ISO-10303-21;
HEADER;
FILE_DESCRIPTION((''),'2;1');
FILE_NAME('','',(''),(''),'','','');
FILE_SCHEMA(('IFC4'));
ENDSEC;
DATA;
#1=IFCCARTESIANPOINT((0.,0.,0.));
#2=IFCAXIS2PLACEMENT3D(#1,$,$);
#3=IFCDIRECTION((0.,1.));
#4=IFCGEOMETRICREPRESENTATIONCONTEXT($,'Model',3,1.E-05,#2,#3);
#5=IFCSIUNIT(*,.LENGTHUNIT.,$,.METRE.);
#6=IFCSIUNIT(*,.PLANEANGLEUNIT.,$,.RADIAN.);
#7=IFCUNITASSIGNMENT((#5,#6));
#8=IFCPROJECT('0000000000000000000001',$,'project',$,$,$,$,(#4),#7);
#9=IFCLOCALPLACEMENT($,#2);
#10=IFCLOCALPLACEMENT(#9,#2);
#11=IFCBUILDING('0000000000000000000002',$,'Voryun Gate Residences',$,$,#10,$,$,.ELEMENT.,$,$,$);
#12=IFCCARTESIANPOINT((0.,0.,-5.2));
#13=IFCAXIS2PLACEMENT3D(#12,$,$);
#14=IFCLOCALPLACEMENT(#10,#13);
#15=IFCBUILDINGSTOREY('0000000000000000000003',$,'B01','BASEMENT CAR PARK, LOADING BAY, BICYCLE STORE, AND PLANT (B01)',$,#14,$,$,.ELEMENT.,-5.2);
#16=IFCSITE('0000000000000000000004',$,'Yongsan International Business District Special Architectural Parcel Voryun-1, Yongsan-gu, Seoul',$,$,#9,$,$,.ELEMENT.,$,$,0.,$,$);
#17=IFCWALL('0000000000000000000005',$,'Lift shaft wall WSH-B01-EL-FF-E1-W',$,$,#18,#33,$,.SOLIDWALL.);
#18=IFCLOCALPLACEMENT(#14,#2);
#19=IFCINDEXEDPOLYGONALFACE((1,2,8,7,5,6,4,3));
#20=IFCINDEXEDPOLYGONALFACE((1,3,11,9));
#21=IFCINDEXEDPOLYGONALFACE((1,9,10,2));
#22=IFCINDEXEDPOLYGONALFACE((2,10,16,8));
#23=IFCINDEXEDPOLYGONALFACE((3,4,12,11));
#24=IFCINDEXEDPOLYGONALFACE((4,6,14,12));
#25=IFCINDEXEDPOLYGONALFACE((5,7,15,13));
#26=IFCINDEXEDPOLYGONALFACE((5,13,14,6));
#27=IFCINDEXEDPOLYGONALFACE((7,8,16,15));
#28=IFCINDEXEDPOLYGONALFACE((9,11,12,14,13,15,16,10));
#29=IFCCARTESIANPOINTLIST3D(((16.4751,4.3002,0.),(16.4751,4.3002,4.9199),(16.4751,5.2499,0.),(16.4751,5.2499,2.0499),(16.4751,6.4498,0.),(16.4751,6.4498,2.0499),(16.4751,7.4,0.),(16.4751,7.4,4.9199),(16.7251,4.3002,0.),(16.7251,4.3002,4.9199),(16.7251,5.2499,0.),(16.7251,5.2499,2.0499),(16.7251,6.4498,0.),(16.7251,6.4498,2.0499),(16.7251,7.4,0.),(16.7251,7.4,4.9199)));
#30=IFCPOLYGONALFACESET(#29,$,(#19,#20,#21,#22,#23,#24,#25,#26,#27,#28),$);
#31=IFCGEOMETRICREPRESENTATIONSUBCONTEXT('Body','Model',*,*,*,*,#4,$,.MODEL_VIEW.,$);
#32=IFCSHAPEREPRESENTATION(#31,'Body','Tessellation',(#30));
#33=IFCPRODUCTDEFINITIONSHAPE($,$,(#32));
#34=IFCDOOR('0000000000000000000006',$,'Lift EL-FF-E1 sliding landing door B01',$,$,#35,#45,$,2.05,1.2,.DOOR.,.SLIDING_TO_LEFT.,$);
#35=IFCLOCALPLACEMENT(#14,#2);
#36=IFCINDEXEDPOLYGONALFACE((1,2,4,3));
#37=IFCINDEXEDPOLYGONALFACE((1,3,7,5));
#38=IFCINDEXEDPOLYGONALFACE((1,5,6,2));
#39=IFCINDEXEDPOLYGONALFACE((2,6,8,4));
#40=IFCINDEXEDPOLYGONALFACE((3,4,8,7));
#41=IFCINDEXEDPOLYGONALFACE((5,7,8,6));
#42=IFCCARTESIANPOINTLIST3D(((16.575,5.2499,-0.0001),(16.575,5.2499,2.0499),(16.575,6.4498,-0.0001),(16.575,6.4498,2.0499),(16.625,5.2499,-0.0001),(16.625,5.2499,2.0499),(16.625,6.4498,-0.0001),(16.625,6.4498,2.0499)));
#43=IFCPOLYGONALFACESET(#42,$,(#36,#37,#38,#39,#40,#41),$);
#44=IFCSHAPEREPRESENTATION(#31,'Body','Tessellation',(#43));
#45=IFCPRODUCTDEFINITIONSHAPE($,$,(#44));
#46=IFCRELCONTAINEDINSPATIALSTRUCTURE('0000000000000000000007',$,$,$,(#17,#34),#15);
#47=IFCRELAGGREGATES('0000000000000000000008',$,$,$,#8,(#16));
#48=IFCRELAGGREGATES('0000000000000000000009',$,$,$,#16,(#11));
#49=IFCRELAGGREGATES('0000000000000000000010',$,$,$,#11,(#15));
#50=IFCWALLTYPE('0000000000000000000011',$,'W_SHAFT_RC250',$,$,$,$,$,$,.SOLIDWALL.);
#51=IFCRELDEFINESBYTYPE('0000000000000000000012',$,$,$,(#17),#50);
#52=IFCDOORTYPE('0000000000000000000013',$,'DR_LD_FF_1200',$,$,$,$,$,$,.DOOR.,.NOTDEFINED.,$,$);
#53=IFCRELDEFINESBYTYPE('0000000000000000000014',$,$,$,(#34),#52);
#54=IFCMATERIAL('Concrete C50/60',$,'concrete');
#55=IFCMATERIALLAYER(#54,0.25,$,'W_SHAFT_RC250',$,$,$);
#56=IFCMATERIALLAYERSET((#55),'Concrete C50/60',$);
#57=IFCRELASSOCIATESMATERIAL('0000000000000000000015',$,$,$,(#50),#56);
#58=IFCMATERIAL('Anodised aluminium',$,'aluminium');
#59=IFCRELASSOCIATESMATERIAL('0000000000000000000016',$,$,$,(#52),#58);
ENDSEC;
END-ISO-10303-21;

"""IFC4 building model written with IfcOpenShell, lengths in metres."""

from ifc_helpers import new_model, si_unit, direction, frame, frame_2d, origin, place, context, subcontext, project, spatial, rectangle, extrude, material, layer, layer_set, type_object, element, fill, save


model = new_model("IFC4")

# Units and contexts
model_context = context("Model", 3, precision=1e-05, world=origin(), true_north=direction((0.0, 1.0)))
body_context = subcontext(model_context, "Body", "Model", "MODEL_VIEW")
ifc_project = project(units=[si_unit("LENGTHUNIT", "METRE"), si_unit("PLANEANGLEUNIT", "RADIAN")], contexts=[model_context])

# Site, building, storey
site_placement = place(None, origin())
site = spatial("IfcSite", under=ifc_project, at=site_placement, Name="Yongsan International Business District Special Architectural Parcel Voryun-1, Yongsan-gu, Seoul", CompositionType="ELEMENT", RefElevation=0.0)
building_placement = place(site_placement, origin())
building = spatial("IfcBuilding", under=site, at=building_placement, Name="Voryun Gate Residences", CompositionType="ELEMENT")
storey_placement = place(building_placement, frame((0.0, 0.0, -5.2)))
storey = spatial("IfcBuildingStorey", under=building, at=storey_placement, Name="B01", Description="BASEMENT CAR PARK, LOADING BAY, BICYCLE STORE, AND PLANT (B01)", CompositionType="ELEMENT", Elevation=-5.2)

# Shared definitions
ifc_material_1 = material(Name="Concrete C50/60", Category="concrete")
ifc_layer_1 = layer(ifc_material_1, 0.25, Name="W_SHAFT_RC250")
ifc_layer_set_1 = layer_set([ifc_layer_1], Name="Concrete C50/60")
wall_type_1 = type_object("IfcWallType", Name="W_SHAFT_RC250", PredefinedType="SOLIDWALL", material=ifc_layer_set_1)

# Wall, opening, door
wall_1_placement = place(storey_placement, frame((16.6001, 7.3999, 0.0), z_axis=(0.0, 0.0, 1.0), x_axis=(0.0, -1.0, 0.0)))
wall_1 = element("IfcWall", 1, at=wall_1_placement, inside=storey, type_object=wall_type_1, Name="Lift shaft wall WSH-B01-EL-FF-E1-W", PredefinedType="SOLIDWALL", context=body_context, shape_type="SweptSolid", body=[
    extrude(rectangle(XDim=3.0999, YDim=0.25, at=frame_2d((1.5498, 0.0))), origin(), (0.0, 0.0, 1.0), 4.9199),
])
opening_1_placement = place(wall_1_placement, frame((0.95, 0.0, 0.0)))
opening_1 = element("IfcOpeningElement", 2, at=opening_1_placement, cuts=wall_1, PredefinedType="OPENING", context=body_context, shape_type="SweptSolid", body=[
    extrude(rectangle(XDim=1.2, YDim=2.05, at=frame_2d((0.6001, 1.0249))), frame((0.0, 0.135, 0.0), z_axis=(0.0, -1.0, 0.0), x_axis=(1.0, 0.0, 0.0)), (0.0, 0.0, 1.0), 0.27),
])
ifc_material_2 = material(Name="Anodised aluminium", Category="aluminium")
door_type_1 = type_object("IfcDoorType", Name="DR_LD_FF_1200", OperationType="NOTDEFINED", PredefinedType="DOOR", material=ifc_material_2)
door_1_placement = place(opening_1_placement, origin())
door_1 = element("IfcDoor", 3, at=door_1_placement, inside=storey, type_object=door_type_1, Name="Lift EL-FF-E1 sliding landing door B01", OperationType="SLIDING_TO_LEFT", OverallHeight=2.05, OverallWidth=1.2, PredefinedType="DOOR", context=body_context, shape_type="SweptSolid", body=[
    extrude(rectangle(XDim=1.2, YDim=2.05, at=frame_2d((0.6001, 1.0249))), frame((0.0, 0.0249, 0.0), z_axis=(0.0, -1.0, 0.0), x_axis=(1.0, 0.0, 0.0)), (0.0, 0.0, 1.0), 0.05),
])
fill(opening_1, door_1)

save(model, "model.ifc")
